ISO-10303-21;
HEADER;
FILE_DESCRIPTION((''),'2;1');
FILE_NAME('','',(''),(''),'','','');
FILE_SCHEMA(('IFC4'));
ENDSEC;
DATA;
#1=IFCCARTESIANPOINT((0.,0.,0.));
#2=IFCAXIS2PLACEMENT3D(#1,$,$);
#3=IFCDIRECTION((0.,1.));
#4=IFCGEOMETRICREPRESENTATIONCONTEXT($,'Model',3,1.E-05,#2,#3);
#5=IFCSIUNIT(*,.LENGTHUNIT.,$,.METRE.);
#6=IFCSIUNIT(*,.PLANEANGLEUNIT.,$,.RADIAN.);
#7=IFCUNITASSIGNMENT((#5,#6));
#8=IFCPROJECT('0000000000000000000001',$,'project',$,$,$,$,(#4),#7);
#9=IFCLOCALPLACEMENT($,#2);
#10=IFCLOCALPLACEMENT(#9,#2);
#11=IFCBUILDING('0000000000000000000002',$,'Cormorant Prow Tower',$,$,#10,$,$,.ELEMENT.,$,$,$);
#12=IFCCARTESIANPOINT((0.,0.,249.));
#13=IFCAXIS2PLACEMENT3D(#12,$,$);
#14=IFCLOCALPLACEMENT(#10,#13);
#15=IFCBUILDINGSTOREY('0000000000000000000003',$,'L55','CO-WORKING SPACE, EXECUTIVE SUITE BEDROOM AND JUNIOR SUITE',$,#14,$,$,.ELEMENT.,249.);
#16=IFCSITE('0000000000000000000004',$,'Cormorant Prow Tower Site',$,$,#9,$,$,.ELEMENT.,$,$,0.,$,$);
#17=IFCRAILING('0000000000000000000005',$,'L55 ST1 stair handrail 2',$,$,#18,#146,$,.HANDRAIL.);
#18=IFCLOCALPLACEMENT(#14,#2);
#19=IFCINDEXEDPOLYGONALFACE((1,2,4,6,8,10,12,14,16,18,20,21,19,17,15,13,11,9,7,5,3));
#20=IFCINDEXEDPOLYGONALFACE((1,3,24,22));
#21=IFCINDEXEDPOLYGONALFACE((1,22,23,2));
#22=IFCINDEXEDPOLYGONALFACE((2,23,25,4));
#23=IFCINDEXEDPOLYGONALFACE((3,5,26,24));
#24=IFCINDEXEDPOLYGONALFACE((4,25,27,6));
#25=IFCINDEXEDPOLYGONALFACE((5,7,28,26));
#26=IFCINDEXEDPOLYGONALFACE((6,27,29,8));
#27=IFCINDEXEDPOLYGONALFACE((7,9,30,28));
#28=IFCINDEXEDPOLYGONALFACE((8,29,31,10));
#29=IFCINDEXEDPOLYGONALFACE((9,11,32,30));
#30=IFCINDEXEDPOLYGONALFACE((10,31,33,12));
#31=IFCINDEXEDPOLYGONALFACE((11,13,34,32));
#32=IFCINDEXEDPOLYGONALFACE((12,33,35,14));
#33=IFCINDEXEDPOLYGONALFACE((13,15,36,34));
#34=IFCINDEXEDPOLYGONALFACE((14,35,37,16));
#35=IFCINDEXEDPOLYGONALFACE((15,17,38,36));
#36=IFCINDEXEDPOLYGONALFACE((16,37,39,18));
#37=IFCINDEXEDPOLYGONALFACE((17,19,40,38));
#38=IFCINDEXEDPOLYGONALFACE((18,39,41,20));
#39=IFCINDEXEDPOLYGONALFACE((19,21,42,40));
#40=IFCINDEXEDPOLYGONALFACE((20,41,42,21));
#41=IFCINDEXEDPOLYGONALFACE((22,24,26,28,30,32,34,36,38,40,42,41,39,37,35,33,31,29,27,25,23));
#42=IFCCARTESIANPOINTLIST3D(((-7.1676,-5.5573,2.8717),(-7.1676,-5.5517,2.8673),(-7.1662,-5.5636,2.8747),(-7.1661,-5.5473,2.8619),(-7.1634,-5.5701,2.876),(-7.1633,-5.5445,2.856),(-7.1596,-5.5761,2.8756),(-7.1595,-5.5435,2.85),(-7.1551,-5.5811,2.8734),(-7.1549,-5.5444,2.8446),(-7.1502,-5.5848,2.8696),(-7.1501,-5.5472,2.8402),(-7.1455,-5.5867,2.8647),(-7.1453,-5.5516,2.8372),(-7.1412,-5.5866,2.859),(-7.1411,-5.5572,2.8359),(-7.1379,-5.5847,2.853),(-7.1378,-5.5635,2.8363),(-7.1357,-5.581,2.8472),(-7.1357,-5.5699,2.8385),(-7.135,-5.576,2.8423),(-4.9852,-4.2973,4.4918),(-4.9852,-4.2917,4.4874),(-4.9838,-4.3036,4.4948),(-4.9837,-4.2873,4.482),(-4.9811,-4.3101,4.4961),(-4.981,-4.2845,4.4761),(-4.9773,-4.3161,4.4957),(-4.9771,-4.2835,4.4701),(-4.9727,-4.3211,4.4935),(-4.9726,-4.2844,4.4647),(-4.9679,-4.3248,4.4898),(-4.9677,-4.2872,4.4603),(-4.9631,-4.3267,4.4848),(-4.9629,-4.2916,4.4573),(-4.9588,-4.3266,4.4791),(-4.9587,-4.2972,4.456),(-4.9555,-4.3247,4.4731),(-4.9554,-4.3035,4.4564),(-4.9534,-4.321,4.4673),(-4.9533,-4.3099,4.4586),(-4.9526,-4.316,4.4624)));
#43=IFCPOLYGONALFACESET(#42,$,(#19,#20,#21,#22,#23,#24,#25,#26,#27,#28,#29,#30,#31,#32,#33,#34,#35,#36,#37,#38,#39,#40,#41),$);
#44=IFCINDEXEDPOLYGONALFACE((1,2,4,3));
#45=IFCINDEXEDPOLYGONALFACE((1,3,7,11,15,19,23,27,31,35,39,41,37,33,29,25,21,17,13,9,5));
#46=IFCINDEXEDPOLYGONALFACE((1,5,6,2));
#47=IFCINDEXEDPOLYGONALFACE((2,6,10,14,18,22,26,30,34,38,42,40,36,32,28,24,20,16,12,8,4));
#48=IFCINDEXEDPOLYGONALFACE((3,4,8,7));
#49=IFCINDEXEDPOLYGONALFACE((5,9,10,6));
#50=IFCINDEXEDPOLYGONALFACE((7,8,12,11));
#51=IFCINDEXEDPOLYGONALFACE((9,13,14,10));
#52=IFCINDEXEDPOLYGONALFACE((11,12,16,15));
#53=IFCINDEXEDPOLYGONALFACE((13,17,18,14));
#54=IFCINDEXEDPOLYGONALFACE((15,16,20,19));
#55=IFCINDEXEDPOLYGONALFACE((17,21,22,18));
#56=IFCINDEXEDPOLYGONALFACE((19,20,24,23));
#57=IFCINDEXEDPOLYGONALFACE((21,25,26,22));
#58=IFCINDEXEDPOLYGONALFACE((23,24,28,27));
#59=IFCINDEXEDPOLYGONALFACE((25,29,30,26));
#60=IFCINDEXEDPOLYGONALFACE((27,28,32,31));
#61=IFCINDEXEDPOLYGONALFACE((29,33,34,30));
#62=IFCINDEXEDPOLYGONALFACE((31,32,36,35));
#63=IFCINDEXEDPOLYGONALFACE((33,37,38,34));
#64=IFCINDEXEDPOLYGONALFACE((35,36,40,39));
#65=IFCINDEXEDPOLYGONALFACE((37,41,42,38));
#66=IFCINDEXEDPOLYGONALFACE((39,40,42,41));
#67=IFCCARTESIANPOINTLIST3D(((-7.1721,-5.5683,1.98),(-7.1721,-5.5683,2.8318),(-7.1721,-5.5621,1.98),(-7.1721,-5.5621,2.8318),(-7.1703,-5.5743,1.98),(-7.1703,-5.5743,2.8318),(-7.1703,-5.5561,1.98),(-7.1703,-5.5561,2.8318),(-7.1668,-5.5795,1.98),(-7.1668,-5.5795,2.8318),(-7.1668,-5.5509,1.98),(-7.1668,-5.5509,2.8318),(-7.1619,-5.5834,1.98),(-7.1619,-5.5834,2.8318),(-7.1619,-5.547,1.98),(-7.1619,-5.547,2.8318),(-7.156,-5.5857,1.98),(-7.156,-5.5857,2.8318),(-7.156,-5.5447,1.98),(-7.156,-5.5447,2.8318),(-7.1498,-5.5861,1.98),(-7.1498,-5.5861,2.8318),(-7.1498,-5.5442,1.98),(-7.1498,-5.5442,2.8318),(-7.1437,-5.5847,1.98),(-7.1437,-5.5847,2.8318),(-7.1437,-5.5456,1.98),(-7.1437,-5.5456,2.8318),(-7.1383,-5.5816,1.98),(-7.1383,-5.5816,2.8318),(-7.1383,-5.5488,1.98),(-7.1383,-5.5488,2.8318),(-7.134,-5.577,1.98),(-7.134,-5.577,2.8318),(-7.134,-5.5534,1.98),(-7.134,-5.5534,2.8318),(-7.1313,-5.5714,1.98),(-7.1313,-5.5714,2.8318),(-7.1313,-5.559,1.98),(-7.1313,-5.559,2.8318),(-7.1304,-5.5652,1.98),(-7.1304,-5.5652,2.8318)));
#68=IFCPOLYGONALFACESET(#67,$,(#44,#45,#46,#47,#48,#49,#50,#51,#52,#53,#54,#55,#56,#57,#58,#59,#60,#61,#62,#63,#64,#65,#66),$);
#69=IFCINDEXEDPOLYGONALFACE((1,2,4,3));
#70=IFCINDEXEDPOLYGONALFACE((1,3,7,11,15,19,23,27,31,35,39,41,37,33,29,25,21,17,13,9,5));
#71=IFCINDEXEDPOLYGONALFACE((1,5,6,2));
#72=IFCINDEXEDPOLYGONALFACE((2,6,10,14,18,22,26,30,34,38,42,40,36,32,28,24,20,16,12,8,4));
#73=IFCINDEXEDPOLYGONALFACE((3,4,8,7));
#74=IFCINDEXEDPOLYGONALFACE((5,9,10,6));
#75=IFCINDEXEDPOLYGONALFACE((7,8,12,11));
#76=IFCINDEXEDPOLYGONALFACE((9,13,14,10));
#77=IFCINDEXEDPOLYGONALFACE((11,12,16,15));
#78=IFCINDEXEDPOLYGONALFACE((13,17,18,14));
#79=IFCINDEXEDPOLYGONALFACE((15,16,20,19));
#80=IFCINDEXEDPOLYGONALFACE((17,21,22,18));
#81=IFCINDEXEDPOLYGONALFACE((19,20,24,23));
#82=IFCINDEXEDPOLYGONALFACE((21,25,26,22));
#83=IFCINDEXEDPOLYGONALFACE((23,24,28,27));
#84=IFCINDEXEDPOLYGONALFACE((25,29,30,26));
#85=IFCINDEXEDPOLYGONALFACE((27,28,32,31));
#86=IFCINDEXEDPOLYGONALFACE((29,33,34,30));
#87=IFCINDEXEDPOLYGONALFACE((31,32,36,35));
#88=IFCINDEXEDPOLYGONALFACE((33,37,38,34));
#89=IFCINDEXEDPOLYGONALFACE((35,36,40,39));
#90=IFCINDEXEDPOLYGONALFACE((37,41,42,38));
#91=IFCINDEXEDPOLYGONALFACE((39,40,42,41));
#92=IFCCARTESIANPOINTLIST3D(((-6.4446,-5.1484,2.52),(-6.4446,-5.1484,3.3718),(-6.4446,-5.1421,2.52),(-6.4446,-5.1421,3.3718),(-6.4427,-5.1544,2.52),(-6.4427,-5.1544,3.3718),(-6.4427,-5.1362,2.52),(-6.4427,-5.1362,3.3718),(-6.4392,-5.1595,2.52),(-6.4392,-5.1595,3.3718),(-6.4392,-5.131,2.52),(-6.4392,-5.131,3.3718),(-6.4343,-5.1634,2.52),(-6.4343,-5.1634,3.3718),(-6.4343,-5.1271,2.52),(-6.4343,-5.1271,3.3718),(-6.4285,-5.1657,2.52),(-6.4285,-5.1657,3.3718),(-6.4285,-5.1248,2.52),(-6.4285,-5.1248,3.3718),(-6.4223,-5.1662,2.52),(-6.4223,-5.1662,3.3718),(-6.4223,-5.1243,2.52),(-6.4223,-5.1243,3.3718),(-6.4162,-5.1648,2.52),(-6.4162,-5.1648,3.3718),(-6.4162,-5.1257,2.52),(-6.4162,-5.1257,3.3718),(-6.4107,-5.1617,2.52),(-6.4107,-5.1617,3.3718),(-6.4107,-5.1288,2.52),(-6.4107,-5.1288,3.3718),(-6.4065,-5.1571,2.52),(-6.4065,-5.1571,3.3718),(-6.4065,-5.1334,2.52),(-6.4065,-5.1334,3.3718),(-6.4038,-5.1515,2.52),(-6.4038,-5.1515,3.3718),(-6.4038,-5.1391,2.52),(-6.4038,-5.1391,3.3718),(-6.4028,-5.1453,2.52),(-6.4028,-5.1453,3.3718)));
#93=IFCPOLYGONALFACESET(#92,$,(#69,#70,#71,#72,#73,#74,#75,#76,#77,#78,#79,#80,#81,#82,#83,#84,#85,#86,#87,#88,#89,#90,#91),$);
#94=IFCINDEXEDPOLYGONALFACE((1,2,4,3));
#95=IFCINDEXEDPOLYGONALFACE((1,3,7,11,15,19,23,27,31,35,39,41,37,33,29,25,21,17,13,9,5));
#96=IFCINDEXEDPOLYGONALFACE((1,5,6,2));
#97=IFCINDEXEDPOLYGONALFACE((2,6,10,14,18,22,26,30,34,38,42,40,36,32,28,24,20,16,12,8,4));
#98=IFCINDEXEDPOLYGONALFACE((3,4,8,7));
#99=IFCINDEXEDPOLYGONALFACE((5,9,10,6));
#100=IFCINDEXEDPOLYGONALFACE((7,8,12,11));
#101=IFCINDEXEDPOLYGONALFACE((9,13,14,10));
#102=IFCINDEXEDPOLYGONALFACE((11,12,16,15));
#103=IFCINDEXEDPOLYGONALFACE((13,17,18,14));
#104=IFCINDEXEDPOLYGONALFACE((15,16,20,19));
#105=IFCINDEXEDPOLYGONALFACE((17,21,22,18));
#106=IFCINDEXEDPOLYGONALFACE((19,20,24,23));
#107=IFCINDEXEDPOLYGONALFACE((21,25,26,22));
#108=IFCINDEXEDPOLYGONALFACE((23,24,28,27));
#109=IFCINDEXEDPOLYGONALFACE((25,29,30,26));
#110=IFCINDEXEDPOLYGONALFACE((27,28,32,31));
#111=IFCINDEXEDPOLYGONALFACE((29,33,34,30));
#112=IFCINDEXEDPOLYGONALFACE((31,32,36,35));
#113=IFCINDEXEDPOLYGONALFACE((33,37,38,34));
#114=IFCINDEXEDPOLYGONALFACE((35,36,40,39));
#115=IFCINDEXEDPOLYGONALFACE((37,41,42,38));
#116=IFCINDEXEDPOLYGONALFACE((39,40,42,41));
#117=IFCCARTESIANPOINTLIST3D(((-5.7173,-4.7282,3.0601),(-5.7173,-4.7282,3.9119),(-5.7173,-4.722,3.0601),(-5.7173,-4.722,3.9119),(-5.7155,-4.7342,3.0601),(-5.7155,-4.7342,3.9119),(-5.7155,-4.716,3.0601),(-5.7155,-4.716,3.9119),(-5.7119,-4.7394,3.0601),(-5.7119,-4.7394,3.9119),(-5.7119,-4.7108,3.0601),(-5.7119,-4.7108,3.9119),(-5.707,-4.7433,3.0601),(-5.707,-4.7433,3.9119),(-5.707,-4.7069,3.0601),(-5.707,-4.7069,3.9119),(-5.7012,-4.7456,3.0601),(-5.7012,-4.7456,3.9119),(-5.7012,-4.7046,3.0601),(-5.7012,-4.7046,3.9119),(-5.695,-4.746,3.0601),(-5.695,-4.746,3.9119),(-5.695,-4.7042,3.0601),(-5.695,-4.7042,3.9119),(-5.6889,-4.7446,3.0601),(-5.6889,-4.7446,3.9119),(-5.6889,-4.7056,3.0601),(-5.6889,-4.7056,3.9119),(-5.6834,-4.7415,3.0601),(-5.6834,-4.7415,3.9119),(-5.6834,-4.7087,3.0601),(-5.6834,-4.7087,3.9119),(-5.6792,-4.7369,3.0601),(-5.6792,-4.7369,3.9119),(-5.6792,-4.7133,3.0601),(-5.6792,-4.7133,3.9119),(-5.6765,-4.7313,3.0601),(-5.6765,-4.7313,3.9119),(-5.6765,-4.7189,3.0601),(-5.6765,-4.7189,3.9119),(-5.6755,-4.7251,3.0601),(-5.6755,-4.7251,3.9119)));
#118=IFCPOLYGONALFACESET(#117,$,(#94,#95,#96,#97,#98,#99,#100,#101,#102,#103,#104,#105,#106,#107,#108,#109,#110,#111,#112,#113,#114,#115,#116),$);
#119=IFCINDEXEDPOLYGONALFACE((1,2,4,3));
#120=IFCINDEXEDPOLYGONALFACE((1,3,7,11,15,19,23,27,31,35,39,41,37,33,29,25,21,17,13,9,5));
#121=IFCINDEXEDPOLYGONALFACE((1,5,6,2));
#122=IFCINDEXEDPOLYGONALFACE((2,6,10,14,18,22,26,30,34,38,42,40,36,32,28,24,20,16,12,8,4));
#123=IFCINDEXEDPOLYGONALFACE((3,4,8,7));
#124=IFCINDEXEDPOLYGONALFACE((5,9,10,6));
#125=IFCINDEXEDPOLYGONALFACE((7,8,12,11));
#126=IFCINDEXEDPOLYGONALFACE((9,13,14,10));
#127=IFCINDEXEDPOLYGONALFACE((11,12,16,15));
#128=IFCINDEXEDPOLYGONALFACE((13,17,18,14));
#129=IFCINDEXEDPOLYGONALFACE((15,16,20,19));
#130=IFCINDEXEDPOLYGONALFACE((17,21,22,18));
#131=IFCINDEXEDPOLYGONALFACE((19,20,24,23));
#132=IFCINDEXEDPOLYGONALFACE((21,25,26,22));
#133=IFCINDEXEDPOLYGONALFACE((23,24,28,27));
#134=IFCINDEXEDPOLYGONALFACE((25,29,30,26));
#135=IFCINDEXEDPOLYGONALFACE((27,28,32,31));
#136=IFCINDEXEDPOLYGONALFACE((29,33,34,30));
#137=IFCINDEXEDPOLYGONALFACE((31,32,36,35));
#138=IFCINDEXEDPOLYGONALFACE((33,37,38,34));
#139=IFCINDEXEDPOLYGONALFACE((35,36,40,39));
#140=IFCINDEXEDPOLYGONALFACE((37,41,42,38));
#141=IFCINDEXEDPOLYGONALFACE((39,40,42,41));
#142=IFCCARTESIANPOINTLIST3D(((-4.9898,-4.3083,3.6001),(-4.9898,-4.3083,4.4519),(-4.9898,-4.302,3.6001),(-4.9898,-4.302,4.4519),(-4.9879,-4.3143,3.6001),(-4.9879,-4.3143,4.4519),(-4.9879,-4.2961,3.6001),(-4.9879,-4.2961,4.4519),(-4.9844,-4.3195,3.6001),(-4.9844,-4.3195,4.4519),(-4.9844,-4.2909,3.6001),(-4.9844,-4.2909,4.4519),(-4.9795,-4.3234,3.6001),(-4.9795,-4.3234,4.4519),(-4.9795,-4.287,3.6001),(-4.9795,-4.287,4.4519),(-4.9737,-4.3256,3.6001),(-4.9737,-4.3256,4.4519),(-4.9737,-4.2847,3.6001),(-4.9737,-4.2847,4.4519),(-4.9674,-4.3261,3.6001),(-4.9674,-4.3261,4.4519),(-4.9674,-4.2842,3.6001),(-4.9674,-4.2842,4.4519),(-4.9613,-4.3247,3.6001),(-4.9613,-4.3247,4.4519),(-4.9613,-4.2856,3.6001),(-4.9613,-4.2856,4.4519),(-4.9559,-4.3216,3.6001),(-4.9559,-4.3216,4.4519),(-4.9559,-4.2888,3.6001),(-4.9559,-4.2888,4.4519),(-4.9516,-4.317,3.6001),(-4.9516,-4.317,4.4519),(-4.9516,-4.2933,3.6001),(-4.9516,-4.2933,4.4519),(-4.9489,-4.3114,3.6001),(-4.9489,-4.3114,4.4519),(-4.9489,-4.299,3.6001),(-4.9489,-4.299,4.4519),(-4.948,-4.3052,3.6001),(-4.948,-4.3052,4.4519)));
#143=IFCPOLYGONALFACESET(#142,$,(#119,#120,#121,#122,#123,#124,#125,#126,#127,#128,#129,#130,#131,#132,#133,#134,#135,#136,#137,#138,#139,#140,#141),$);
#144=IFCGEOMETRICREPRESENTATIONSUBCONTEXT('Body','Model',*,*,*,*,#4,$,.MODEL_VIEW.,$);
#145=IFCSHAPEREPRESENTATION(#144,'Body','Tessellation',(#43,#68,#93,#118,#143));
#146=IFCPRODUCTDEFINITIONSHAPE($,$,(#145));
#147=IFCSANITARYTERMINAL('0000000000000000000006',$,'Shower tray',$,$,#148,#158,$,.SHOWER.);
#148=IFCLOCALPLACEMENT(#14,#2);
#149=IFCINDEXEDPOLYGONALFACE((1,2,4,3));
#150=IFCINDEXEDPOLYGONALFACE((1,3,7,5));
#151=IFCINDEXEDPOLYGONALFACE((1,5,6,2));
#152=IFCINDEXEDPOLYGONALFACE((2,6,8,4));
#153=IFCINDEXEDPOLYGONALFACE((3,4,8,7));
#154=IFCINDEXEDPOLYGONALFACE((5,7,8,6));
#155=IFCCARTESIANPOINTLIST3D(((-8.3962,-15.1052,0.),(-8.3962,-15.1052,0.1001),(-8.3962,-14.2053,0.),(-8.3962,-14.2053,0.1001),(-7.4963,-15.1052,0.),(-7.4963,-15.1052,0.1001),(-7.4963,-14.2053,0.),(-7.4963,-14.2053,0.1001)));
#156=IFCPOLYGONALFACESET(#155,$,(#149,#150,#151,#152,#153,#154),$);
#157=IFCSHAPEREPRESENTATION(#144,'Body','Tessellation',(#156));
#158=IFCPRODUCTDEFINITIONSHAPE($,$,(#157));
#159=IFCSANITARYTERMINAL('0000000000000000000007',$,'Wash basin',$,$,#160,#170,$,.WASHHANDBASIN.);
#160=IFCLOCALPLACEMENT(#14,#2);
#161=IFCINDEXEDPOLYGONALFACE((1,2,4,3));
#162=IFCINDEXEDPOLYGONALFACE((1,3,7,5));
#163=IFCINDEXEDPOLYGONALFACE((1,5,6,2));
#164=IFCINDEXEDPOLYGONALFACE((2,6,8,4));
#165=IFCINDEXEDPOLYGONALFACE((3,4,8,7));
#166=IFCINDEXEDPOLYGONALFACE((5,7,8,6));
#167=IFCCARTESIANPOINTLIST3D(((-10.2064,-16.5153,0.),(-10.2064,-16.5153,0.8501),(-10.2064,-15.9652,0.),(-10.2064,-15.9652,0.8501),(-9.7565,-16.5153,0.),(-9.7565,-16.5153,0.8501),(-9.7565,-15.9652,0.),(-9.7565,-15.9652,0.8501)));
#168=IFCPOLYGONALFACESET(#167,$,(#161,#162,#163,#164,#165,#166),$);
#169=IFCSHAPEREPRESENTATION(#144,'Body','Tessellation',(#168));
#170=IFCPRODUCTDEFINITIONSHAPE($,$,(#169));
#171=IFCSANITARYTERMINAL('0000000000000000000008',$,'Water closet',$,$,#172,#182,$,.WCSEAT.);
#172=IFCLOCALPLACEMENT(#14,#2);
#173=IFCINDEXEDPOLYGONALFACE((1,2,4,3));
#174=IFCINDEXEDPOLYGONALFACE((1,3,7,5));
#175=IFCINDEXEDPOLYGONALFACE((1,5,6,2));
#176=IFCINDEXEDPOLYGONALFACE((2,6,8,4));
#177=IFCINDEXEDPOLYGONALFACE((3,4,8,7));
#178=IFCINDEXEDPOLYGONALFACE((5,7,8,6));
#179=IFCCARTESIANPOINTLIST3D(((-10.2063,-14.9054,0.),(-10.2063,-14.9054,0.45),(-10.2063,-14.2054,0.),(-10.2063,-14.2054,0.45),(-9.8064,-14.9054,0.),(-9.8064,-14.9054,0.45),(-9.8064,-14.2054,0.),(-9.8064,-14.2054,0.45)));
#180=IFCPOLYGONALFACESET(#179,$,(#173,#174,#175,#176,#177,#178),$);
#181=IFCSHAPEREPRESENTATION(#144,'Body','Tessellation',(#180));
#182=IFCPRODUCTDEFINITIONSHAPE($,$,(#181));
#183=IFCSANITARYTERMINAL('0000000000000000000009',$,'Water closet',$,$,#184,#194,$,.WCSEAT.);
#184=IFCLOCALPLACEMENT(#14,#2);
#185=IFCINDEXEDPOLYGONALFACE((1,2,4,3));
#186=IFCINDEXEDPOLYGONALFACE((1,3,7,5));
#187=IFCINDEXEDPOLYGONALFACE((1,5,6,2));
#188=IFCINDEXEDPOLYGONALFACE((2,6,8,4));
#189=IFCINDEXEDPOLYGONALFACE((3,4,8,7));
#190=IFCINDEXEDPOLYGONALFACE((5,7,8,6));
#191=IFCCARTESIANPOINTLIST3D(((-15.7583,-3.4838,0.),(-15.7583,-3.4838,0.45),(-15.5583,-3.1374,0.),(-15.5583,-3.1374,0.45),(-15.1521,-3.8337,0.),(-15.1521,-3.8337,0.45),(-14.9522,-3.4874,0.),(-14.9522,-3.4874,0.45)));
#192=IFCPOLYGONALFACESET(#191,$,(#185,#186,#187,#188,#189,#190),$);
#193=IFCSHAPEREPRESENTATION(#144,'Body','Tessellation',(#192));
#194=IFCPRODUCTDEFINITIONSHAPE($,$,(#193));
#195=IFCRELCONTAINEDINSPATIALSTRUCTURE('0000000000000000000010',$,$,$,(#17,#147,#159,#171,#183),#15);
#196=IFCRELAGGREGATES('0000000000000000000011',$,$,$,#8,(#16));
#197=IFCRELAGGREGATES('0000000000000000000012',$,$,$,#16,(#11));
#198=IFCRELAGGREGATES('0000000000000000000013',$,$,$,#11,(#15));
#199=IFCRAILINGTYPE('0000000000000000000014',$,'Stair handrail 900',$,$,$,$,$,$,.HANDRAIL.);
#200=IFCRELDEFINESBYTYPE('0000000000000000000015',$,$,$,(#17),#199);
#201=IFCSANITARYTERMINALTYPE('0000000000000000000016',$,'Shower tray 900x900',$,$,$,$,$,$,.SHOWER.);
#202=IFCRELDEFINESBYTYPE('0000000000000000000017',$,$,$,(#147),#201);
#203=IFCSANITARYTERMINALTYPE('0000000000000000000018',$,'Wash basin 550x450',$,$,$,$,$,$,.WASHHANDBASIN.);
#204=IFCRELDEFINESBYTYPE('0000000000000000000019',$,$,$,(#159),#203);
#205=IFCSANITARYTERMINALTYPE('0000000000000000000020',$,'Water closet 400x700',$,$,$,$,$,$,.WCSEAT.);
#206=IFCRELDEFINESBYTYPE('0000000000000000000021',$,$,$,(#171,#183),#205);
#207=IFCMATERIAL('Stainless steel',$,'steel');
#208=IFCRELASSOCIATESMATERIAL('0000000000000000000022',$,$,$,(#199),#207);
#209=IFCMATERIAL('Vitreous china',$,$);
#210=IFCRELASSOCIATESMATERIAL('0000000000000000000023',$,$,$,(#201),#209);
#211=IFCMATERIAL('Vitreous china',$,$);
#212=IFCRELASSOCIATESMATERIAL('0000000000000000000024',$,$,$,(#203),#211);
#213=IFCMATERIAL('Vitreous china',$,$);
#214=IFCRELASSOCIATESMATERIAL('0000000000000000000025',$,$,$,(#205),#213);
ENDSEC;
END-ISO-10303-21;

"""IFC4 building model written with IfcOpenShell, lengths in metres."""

from ifc_helpers import new_model, si_unit, direction, frame, origin, origin_2d, place, context, subcontext, project, spatial, rectangle, circle, extrude, material, type_object, element, save


model = new_model("IFC4")

# Units and contexts
model_context = context("Model", 3, precision=1e-05, world=origin(), true_north=direction((0.0, 1.0)))
body_context = subcontext(model_context, "Body", "Model", "MODEL_VIEW")
ifc_project = project(units=[si_unit("LENGTHUNIT", "METRE"), si_unit("PLANEANGLEUNIT", "RADIAN")], contexts=[model_context])

# Site, building, storey
site_placement = place(None, origin())
site = spatial("IfcSite", under=ifc_project, at=site_placement, Name="Cormorant Prow Tower Site", CompositionType="ELEMENT", RefElevation=0.0)
building_placement = place(site_placement, origin())
building = spatial("IfcBuilding", under=site, at=building_placement, Name="Cormorant Prow Tower", CompositionType="ELEMENT")
storey_placement = place(building_placement, frame((0.0, 0.0, 249.0)))
storey = spatial("IfcBuildingStorey", under=building, at=storey_placement, Name="L55", Description="CO-WORKING SPACE, EXECUTIVE SUITE BEDROOM AND JUNIOR SUITE", CompositionType="ELEMENT", Elevation=249.0)

# Railing
ifc_material_1 = material(Name="Stainless steel", Category="steel")
railing_type_1 = type_object("IfcRailingType", Name="Stair handrail 900", PredefinedType="HANDRAIL", material=ifc_material_1)
railing_1_placement = place(storey_placement, frame((-7.1514, -5.5652, 1.98)))
element("IfcRailing", 1, at=railing_1_placement, inside=storey, type_object=railing_type_1, Name="L55 ST1 stair handrail 2", PredefinedType="HANDRAIL", context=body_context, shape_type="SweptSolid", body=[
    extrude(circle(Radius=0.0239, at=origin_2d()), frame((0.0, 0.0, 0.876), z_axis=(0.728464, 0.420584, 0.540786), x_axis=(-0.500005, 0.866023, 0.0)), (0.0, 0.0, 1.0), 2.9958),
    extrude(circle(Radius=0.021, at=origin_2d()), origin(), (0.0, 0.0, 1.0), 0.8518),
    extrude(circle(Radius=0.021, at=origin_2d()), frame((0.7275, 0.4199, 0.54)), (0.0, 0.0, 1.0), 0.8518),
    extrude(circle(Radius=0.021, at=origin_2d()), frame((1.4548, 0.8401, 1.0801)), (0.0, 0.0, 1.0), 0.8518),
    extrude(circle(Radius=0.021, at=origin_2d()), frame((2.1824, 1.26, 1.6201)), (0.0, 0.0, 1.0), 0.8518),
])

# Sanitary terminals
ifc_material_2 = material(Name="Vitreous china")
sanitary_terminal_type_1 = type_object("IfcSanitaryTerminalType", Name="Shower tray 900x900", PredefinedType="SHOWER", material=ifc_material_2)
sanitary_terminal_1_placement = place(storey_placement, frame((-7.9463, -14.6553, 0.0), z_axis=(0.0, 0.0, 1.0), x_axis=(0.0, -1.0, 0.0)))
element("IfcSanitaryTerminal", 2, at=sanitary_terminal_1_placement, inside=storey, type_object=sanitary_terminal_type_1, Name="Shower tray", PredefinedType="SHOWER", context=body_context, shape_type="SweptSolid", body=[
    extrude(rectangle(XDim=0.8999, YDim=0.8999, at=origin_2d()), origin(), (0.0, 0.0, 1.0), 0.1001),
])
ifc_material_3 = material(Name="Vitreous china")
sanitary_terminal_type_2 = type_object("IfcSanitaryTerminalType", Name="Wash basin 550x450", PredefinedType="WASHHANDBASIN", material=ifc_material_3)
sanitary_terminal_2_placement = place(storey_placement, frame((-9.9814, -16.2402, 0.0), z_axis=(0.0, 0.0, 1.0), x_axis=(0.0, 1.0, 0.0)))
element("IfcSanitaryTerminal", 3, at=sanitary_terminal_2_placement, inside=storey, type_object=sanitary_terminal_type_2, Name="Wash basin", PredefinedType="WASHHANDBASIN", context=body_context, shape_type="SweptSolid", body=[
    extrude(rectangle(XDim=0.55, YDim=0.45, at=origin_2d()), origin(), (0.0, 0.0, 1.0), 0.8501),
])
ifc_material_4 = material(Name="Vitreous china")
sanitary_terminal_type_3 = type_object("IfcSanitaryTerminalType", Name="Water closet 400x700", PredefinedType="WCSEAT", material=ifc_material_4)
for number, where, z_axis, x_axis, name in (
    (4, (-10.0063, -14.5554, 0.0), (0.0, 0.0, 1.0), (1.0, 0.0, 0.0), "Water closet"),
    (5, (-15.3552, -3.4856, 0.0), (0.0, 0.0, 1.0), (-0.5, -0.866025, 0.0), "Water closet"),
):
    element("IfcSanitaryTerminal", number, at=place(storey_placement, frame(where, z_axis=z_axis, x_axis=x_axis)), inside=storey, type_object=sanitary_terminal_type_3, Name=name, PredefinedType="WCSEAT", context=body_context, shape_type="SweptSolid", body=[
        extrude(rectangle(XDim=0.3999, YDim=0.7, at=origin_2d()), origin(), (0.0, 0.0, 1.0), 0.45),
    ])

save(model, "model.ifc")
